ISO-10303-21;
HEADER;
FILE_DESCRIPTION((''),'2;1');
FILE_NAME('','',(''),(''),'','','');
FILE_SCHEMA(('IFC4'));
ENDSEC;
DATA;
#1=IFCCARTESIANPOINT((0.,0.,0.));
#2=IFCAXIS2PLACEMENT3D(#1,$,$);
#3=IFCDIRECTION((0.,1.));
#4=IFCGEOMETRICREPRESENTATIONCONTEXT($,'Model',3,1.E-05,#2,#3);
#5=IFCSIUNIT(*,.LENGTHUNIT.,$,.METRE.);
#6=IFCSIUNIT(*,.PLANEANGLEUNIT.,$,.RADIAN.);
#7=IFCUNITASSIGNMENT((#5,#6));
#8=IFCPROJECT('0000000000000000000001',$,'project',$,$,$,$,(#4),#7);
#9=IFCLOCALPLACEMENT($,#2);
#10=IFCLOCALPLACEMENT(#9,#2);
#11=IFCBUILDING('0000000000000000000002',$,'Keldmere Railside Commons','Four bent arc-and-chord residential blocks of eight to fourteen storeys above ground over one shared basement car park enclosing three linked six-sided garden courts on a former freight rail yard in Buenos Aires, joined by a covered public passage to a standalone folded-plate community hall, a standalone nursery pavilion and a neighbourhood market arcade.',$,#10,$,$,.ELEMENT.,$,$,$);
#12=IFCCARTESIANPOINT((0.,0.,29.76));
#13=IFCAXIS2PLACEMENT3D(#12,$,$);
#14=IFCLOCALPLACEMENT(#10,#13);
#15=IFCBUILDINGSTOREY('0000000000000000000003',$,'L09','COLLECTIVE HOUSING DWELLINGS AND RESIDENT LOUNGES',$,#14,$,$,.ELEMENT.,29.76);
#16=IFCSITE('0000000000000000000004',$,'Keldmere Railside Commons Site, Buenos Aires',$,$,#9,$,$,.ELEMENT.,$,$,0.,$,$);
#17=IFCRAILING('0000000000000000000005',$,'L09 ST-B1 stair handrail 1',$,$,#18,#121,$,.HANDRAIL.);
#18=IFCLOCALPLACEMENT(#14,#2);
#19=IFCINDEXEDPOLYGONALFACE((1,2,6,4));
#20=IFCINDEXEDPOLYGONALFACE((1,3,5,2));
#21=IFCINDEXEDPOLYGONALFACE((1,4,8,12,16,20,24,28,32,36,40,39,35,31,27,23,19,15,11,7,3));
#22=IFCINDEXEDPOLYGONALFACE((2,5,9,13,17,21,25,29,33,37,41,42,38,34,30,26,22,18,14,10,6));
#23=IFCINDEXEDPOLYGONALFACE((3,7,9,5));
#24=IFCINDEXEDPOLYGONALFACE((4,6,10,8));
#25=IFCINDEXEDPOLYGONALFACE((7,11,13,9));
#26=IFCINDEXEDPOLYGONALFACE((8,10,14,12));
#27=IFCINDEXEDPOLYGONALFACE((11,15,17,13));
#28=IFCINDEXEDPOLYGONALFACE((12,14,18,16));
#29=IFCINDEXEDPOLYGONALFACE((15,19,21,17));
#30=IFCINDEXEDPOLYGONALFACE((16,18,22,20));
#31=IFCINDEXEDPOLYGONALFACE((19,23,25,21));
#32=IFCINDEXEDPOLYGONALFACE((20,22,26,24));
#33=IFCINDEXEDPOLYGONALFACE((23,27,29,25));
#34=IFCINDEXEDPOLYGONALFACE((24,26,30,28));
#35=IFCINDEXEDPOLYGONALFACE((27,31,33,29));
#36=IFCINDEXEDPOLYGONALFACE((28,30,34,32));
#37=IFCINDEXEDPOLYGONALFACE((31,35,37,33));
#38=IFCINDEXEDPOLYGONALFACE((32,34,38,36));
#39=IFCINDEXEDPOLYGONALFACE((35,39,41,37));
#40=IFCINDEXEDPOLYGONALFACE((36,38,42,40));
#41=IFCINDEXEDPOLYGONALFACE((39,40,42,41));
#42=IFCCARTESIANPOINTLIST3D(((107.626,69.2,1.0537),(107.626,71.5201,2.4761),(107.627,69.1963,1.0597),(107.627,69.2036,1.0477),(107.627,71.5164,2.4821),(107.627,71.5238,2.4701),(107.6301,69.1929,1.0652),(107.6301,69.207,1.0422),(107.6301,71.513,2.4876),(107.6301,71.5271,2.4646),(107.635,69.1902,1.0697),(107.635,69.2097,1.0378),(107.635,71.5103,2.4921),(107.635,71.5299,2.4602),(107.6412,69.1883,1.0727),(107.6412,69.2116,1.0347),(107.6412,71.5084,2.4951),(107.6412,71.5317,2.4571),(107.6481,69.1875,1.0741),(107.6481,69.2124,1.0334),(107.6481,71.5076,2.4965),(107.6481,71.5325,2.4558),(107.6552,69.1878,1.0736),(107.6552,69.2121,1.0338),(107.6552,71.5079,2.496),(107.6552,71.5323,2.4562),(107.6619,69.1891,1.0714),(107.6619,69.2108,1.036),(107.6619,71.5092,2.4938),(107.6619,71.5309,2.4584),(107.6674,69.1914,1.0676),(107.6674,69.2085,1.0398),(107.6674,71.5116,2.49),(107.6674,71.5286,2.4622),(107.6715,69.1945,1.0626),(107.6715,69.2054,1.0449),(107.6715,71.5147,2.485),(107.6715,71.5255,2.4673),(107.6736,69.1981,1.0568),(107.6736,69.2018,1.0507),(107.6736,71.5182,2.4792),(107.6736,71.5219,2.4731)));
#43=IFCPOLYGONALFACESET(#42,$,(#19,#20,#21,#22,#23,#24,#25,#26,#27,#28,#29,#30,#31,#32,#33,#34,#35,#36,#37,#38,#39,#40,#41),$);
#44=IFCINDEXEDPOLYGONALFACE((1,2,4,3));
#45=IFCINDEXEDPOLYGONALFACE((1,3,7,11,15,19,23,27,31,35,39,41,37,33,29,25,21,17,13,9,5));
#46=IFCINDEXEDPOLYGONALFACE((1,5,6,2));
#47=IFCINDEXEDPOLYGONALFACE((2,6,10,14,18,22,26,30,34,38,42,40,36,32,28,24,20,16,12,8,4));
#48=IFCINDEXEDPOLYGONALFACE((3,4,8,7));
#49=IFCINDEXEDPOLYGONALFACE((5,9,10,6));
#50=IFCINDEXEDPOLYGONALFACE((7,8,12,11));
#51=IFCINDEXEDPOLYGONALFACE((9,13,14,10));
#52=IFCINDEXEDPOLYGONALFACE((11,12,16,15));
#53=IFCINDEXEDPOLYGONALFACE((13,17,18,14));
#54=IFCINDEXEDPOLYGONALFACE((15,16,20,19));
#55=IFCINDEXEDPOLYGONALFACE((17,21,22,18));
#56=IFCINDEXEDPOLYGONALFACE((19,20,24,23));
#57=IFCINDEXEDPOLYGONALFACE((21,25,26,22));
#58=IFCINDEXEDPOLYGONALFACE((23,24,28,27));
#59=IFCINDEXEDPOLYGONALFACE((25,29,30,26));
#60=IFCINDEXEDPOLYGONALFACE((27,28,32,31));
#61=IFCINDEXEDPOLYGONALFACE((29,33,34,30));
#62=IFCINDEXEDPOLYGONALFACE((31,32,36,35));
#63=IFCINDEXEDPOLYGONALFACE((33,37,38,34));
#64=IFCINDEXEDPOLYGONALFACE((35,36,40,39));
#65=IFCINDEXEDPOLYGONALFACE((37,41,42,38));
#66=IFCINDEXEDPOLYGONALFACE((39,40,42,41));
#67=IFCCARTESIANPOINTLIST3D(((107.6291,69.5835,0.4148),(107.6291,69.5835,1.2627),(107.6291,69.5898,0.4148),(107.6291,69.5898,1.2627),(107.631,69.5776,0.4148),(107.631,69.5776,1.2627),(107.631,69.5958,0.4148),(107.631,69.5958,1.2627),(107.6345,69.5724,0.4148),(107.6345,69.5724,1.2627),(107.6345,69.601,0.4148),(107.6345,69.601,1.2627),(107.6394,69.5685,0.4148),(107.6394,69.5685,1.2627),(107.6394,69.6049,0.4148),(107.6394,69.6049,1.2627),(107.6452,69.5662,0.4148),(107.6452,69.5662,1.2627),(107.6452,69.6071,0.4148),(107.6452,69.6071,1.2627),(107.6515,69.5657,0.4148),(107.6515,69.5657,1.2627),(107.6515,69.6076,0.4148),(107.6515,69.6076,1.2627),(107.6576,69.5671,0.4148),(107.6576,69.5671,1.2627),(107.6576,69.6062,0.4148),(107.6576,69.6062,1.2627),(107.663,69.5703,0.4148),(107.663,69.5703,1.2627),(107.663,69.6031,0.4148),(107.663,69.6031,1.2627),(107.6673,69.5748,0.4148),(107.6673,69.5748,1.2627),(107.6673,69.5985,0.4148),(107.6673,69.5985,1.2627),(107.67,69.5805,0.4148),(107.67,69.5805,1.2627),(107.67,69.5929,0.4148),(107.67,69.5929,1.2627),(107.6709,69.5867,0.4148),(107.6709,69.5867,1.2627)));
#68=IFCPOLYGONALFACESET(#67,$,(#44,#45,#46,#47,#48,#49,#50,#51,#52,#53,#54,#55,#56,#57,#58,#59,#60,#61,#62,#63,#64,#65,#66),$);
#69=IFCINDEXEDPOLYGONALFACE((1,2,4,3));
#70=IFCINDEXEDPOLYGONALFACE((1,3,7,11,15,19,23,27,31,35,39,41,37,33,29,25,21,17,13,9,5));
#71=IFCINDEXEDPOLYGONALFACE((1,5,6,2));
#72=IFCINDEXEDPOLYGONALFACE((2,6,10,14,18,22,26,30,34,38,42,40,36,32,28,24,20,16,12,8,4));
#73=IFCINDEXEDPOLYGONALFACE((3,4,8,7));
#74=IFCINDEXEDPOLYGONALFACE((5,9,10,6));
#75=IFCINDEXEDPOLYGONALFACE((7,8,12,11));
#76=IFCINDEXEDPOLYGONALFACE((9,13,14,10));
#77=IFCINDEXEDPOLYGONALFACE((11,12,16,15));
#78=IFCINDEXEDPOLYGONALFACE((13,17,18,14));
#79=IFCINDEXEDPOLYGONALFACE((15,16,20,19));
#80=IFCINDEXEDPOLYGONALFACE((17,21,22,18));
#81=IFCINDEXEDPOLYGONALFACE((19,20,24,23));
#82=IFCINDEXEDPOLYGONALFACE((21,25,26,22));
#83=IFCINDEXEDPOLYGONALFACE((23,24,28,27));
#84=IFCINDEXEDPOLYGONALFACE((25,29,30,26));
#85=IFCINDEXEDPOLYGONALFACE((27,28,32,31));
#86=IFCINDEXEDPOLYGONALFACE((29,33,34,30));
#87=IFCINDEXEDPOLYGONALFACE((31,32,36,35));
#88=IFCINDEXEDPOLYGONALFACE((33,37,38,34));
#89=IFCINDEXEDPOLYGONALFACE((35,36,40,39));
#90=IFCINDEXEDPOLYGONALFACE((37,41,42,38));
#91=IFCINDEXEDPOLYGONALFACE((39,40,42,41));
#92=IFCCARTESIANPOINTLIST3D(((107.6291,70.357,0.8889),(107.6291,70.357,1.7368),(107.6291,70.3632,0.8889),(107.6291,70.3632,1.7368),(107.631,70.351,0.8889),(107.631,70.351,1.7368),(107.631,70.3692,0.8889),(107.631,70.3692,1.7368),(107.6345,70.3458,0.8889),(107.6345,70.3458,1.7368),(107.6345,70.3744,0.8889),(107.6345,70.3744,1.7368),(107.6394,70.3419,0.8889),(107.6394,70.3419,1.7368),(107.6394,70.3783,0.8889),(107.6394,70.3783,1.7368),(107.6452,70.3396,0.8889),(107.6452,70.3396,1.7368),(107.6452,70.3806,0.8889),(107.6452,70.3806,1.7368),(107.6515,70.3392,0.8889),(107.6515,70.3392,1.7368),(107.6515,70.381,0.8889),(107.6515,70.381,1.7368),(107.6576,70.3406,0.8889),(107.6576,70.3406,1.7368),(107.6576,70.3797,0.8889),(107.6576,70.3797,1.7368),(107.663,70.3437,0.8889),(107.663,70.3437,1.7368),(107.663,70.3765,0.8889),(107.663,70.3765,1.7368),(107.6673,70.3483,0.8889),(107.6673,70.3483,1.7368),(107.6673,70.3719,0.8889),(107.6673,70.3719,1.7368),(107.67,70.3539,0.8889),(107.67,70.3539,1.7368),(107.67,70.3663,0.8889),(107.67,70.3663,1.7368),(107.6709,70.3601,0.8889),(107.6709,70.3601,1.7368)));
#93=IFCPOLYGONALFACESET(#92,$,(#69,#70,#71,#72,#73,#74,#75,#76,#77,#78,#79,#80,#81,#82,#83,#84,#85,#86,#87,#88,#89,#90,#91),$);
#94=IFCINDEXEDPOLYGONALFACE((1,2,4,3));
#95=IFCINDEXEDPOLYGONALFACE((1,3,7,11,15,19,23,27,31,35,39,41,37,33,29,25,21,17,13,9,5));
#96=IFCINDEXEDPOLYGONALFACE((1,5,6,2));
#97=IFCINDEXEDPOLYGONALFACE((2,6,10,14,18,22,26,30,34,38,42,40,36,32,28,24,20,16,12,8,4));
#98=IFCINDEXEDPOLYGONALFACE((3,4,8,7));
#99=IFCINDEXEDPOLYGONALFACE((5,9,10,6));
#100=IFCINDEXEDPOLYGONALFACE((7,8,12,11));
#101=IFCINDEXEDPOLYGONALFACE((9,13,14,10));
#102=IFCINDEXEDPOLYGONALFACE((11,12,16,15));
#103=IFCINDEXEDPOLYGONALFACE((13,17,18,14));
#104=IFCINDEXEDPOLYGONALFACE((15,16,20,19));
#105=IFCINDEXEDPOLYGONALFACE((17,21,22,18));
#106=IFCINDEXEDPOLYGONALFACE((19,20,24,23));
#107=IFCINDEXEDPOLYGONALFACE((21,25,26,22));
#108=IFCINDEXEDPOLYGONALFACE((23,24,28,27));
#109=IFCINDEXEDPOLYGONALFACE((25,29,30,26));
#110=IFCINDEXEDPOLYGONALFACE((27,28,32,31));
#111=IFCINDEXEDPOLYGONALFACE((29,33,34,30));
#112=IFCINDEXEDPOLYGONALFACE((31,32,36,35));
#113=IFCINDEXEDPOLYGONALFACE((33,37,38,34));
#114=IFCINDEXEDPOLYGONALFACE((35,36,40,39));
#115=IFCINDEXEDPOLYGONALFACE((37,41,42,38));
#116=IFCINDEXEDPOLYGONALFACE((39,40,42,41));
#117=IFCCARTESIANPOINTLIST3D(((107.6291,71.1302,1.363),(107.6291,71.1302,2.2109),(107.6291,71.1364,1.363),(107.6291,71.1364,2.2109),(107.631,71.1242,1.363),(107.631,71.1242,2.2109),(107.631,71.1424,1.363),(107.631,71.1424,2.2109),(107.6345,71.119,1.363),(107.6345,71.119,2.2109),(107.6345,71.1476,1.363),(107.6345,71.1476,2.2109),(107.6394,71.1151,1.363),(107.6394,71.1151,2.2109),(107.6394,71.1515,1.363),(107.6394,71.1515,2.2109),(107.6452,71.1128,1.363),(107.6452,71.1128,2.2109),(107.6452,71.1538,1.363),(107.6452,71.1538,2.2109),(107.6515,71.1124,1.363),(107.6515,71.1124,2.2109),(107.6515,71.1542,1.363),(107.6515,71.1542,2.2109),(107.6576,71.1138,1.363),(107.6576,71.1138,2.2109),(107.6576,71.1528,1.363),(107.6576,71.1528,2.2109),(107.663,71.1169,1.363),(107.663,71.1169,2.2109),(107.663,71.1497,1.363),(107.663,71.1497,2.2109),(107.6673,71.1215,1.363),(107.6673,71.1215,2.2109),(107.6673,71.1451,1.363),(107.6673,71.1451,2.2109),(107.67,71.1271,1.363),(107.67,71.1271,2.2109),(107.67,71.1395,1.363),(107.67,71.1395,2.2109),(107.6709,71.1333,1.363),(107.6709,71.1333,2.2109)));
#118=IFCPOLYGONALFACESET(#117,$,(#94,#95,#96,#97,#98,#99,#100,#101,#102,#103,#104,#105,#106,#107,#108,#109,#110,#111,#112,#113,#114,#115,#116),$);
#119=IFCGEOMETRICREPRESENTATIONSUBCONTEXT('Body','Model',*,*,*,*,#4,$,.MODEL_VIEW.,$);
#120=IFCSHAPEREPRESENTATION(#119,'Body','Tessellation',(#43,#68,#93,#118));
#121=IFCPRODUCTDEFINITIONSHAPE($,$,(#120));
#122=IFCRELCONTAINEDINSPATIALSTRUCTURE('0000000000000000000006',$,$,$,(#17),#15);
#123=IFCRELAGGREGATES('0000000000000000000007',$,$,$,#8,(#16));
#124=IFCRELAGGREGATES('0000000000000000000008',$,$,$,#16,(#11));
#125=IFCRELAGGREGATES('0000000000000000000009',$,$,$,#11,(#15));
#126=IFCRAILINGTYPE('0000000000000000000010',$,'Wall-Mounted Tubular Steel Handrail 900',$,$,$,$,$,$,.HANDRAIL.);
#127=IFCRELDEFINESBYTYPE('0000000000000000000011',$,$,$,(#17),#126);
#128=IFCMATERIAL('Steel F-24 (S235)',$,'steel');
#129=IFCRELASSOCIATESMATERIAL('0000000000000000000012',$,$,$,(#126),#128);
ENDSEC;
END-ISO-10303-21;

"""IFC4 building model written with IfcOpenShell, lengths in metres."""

from ifc_helpers import new_model, si_unit, direction, frame, origin, origin_2d, place, context, subcontext, project, spatial, circle, extrude, material, type_object, element, save


model = new_model("IFC4")

# Units and contexts
model_context = context("Model", 3, precision=1e-05, world=origin(), true_north=direction((0.0, 1.0)))
body_context = subcontext(model_context, "Body", "Model", "MODEL_VIEW")
ifc_project = project(units=[si_unit("LENGTHUNIT", "METRE"), si_unit("PLANEANGLEUNIT", "RADIAN")], contexts=[model_context])

# Site, building, storey
site_placement = place(None, origin())
site = spatial("IfcSite", under=ifc_project, at=site_placement, Name="Keldmere Railside Commons Site, Buenos Aires", CompositionType="ELEMENT", RefElevation=0.0)
building_placement = place(site_placement, origin())
building = spatial("IfcBuilding", under=site, at=building_placement, Name="Keldmere Railside Commons", Description="Four bent arc-and-chord residential blocks of eight to fourteen storeys above ground over one shared basement car park enclosing three linked six-sided garden courts on a former freight rail yard in Buenos Aires, joined by a covered public passage to a standalone folded-plate community hall, a standalone nursery pavilion and a neighbourhood market arcade.", CompositionType="ELEMENT")
storey_placement = place(building_placement, frame((0.0, 0.0, 29.76)))
storey = spatial("IfcBuildingStorey", under=building, at=storey_placement, Name="L09", Description="COLLECTIVE HOUSING DWELLINGS AND RESIDENT LOUNGES", CompositionType="ELEMENT", Elevation=29.76)

# Shared definitions
ifc_material_1 = material(Name="Steel F-24 (S235)", Category="steel")

# Railing
railing_type_1 = type_object("IfcRailingType", Name="Wall-Mounted Tubular Steel Handrail 900", PredefinedType="HANDRAIL", material=ifc_material_1)
railing_1_placement = place(storey_placement, frame((107.6499, 69.2, 0.1777)))
element("IfcRailing", 1, at=railing_1_placement, inside=storey, type_object=railing_type_1, Name="L09 ST-B1 stair handrail 1", PredefinedType="HANDRAIL", context=body_context, shape_type="SweptSolid", body=[
    extrude(circle(Radius=0.0239, at=origin_2d()), frame((0.0, 0.0, 0.876), z_axis=(0.0, 0.852538, 0.522665), x_axis=(-1.0, 0.0, 0.0)), (0.0, 0.0, 1.0), 2.7214),
    extrude(circle(Radius=0.021, at=origin_2d()), frame((0.0, 0.3867, 0.2371)), (0.0, 0.0, 1.0), 0.8479),
    extrude(circle(Radius=0.021, at=origin_2d()), frame((0.0, 1.1602, 0.7112)), (0.0, 0.0, 1.0), 0.8479),
    extrude(circle(Radius=0.021, at=origin_2d()), frame((0.0, 1.9333, 1.1853)), (0.0, 0.0, 1.0), 0.8479),
])

save(model, "model.ifc")
